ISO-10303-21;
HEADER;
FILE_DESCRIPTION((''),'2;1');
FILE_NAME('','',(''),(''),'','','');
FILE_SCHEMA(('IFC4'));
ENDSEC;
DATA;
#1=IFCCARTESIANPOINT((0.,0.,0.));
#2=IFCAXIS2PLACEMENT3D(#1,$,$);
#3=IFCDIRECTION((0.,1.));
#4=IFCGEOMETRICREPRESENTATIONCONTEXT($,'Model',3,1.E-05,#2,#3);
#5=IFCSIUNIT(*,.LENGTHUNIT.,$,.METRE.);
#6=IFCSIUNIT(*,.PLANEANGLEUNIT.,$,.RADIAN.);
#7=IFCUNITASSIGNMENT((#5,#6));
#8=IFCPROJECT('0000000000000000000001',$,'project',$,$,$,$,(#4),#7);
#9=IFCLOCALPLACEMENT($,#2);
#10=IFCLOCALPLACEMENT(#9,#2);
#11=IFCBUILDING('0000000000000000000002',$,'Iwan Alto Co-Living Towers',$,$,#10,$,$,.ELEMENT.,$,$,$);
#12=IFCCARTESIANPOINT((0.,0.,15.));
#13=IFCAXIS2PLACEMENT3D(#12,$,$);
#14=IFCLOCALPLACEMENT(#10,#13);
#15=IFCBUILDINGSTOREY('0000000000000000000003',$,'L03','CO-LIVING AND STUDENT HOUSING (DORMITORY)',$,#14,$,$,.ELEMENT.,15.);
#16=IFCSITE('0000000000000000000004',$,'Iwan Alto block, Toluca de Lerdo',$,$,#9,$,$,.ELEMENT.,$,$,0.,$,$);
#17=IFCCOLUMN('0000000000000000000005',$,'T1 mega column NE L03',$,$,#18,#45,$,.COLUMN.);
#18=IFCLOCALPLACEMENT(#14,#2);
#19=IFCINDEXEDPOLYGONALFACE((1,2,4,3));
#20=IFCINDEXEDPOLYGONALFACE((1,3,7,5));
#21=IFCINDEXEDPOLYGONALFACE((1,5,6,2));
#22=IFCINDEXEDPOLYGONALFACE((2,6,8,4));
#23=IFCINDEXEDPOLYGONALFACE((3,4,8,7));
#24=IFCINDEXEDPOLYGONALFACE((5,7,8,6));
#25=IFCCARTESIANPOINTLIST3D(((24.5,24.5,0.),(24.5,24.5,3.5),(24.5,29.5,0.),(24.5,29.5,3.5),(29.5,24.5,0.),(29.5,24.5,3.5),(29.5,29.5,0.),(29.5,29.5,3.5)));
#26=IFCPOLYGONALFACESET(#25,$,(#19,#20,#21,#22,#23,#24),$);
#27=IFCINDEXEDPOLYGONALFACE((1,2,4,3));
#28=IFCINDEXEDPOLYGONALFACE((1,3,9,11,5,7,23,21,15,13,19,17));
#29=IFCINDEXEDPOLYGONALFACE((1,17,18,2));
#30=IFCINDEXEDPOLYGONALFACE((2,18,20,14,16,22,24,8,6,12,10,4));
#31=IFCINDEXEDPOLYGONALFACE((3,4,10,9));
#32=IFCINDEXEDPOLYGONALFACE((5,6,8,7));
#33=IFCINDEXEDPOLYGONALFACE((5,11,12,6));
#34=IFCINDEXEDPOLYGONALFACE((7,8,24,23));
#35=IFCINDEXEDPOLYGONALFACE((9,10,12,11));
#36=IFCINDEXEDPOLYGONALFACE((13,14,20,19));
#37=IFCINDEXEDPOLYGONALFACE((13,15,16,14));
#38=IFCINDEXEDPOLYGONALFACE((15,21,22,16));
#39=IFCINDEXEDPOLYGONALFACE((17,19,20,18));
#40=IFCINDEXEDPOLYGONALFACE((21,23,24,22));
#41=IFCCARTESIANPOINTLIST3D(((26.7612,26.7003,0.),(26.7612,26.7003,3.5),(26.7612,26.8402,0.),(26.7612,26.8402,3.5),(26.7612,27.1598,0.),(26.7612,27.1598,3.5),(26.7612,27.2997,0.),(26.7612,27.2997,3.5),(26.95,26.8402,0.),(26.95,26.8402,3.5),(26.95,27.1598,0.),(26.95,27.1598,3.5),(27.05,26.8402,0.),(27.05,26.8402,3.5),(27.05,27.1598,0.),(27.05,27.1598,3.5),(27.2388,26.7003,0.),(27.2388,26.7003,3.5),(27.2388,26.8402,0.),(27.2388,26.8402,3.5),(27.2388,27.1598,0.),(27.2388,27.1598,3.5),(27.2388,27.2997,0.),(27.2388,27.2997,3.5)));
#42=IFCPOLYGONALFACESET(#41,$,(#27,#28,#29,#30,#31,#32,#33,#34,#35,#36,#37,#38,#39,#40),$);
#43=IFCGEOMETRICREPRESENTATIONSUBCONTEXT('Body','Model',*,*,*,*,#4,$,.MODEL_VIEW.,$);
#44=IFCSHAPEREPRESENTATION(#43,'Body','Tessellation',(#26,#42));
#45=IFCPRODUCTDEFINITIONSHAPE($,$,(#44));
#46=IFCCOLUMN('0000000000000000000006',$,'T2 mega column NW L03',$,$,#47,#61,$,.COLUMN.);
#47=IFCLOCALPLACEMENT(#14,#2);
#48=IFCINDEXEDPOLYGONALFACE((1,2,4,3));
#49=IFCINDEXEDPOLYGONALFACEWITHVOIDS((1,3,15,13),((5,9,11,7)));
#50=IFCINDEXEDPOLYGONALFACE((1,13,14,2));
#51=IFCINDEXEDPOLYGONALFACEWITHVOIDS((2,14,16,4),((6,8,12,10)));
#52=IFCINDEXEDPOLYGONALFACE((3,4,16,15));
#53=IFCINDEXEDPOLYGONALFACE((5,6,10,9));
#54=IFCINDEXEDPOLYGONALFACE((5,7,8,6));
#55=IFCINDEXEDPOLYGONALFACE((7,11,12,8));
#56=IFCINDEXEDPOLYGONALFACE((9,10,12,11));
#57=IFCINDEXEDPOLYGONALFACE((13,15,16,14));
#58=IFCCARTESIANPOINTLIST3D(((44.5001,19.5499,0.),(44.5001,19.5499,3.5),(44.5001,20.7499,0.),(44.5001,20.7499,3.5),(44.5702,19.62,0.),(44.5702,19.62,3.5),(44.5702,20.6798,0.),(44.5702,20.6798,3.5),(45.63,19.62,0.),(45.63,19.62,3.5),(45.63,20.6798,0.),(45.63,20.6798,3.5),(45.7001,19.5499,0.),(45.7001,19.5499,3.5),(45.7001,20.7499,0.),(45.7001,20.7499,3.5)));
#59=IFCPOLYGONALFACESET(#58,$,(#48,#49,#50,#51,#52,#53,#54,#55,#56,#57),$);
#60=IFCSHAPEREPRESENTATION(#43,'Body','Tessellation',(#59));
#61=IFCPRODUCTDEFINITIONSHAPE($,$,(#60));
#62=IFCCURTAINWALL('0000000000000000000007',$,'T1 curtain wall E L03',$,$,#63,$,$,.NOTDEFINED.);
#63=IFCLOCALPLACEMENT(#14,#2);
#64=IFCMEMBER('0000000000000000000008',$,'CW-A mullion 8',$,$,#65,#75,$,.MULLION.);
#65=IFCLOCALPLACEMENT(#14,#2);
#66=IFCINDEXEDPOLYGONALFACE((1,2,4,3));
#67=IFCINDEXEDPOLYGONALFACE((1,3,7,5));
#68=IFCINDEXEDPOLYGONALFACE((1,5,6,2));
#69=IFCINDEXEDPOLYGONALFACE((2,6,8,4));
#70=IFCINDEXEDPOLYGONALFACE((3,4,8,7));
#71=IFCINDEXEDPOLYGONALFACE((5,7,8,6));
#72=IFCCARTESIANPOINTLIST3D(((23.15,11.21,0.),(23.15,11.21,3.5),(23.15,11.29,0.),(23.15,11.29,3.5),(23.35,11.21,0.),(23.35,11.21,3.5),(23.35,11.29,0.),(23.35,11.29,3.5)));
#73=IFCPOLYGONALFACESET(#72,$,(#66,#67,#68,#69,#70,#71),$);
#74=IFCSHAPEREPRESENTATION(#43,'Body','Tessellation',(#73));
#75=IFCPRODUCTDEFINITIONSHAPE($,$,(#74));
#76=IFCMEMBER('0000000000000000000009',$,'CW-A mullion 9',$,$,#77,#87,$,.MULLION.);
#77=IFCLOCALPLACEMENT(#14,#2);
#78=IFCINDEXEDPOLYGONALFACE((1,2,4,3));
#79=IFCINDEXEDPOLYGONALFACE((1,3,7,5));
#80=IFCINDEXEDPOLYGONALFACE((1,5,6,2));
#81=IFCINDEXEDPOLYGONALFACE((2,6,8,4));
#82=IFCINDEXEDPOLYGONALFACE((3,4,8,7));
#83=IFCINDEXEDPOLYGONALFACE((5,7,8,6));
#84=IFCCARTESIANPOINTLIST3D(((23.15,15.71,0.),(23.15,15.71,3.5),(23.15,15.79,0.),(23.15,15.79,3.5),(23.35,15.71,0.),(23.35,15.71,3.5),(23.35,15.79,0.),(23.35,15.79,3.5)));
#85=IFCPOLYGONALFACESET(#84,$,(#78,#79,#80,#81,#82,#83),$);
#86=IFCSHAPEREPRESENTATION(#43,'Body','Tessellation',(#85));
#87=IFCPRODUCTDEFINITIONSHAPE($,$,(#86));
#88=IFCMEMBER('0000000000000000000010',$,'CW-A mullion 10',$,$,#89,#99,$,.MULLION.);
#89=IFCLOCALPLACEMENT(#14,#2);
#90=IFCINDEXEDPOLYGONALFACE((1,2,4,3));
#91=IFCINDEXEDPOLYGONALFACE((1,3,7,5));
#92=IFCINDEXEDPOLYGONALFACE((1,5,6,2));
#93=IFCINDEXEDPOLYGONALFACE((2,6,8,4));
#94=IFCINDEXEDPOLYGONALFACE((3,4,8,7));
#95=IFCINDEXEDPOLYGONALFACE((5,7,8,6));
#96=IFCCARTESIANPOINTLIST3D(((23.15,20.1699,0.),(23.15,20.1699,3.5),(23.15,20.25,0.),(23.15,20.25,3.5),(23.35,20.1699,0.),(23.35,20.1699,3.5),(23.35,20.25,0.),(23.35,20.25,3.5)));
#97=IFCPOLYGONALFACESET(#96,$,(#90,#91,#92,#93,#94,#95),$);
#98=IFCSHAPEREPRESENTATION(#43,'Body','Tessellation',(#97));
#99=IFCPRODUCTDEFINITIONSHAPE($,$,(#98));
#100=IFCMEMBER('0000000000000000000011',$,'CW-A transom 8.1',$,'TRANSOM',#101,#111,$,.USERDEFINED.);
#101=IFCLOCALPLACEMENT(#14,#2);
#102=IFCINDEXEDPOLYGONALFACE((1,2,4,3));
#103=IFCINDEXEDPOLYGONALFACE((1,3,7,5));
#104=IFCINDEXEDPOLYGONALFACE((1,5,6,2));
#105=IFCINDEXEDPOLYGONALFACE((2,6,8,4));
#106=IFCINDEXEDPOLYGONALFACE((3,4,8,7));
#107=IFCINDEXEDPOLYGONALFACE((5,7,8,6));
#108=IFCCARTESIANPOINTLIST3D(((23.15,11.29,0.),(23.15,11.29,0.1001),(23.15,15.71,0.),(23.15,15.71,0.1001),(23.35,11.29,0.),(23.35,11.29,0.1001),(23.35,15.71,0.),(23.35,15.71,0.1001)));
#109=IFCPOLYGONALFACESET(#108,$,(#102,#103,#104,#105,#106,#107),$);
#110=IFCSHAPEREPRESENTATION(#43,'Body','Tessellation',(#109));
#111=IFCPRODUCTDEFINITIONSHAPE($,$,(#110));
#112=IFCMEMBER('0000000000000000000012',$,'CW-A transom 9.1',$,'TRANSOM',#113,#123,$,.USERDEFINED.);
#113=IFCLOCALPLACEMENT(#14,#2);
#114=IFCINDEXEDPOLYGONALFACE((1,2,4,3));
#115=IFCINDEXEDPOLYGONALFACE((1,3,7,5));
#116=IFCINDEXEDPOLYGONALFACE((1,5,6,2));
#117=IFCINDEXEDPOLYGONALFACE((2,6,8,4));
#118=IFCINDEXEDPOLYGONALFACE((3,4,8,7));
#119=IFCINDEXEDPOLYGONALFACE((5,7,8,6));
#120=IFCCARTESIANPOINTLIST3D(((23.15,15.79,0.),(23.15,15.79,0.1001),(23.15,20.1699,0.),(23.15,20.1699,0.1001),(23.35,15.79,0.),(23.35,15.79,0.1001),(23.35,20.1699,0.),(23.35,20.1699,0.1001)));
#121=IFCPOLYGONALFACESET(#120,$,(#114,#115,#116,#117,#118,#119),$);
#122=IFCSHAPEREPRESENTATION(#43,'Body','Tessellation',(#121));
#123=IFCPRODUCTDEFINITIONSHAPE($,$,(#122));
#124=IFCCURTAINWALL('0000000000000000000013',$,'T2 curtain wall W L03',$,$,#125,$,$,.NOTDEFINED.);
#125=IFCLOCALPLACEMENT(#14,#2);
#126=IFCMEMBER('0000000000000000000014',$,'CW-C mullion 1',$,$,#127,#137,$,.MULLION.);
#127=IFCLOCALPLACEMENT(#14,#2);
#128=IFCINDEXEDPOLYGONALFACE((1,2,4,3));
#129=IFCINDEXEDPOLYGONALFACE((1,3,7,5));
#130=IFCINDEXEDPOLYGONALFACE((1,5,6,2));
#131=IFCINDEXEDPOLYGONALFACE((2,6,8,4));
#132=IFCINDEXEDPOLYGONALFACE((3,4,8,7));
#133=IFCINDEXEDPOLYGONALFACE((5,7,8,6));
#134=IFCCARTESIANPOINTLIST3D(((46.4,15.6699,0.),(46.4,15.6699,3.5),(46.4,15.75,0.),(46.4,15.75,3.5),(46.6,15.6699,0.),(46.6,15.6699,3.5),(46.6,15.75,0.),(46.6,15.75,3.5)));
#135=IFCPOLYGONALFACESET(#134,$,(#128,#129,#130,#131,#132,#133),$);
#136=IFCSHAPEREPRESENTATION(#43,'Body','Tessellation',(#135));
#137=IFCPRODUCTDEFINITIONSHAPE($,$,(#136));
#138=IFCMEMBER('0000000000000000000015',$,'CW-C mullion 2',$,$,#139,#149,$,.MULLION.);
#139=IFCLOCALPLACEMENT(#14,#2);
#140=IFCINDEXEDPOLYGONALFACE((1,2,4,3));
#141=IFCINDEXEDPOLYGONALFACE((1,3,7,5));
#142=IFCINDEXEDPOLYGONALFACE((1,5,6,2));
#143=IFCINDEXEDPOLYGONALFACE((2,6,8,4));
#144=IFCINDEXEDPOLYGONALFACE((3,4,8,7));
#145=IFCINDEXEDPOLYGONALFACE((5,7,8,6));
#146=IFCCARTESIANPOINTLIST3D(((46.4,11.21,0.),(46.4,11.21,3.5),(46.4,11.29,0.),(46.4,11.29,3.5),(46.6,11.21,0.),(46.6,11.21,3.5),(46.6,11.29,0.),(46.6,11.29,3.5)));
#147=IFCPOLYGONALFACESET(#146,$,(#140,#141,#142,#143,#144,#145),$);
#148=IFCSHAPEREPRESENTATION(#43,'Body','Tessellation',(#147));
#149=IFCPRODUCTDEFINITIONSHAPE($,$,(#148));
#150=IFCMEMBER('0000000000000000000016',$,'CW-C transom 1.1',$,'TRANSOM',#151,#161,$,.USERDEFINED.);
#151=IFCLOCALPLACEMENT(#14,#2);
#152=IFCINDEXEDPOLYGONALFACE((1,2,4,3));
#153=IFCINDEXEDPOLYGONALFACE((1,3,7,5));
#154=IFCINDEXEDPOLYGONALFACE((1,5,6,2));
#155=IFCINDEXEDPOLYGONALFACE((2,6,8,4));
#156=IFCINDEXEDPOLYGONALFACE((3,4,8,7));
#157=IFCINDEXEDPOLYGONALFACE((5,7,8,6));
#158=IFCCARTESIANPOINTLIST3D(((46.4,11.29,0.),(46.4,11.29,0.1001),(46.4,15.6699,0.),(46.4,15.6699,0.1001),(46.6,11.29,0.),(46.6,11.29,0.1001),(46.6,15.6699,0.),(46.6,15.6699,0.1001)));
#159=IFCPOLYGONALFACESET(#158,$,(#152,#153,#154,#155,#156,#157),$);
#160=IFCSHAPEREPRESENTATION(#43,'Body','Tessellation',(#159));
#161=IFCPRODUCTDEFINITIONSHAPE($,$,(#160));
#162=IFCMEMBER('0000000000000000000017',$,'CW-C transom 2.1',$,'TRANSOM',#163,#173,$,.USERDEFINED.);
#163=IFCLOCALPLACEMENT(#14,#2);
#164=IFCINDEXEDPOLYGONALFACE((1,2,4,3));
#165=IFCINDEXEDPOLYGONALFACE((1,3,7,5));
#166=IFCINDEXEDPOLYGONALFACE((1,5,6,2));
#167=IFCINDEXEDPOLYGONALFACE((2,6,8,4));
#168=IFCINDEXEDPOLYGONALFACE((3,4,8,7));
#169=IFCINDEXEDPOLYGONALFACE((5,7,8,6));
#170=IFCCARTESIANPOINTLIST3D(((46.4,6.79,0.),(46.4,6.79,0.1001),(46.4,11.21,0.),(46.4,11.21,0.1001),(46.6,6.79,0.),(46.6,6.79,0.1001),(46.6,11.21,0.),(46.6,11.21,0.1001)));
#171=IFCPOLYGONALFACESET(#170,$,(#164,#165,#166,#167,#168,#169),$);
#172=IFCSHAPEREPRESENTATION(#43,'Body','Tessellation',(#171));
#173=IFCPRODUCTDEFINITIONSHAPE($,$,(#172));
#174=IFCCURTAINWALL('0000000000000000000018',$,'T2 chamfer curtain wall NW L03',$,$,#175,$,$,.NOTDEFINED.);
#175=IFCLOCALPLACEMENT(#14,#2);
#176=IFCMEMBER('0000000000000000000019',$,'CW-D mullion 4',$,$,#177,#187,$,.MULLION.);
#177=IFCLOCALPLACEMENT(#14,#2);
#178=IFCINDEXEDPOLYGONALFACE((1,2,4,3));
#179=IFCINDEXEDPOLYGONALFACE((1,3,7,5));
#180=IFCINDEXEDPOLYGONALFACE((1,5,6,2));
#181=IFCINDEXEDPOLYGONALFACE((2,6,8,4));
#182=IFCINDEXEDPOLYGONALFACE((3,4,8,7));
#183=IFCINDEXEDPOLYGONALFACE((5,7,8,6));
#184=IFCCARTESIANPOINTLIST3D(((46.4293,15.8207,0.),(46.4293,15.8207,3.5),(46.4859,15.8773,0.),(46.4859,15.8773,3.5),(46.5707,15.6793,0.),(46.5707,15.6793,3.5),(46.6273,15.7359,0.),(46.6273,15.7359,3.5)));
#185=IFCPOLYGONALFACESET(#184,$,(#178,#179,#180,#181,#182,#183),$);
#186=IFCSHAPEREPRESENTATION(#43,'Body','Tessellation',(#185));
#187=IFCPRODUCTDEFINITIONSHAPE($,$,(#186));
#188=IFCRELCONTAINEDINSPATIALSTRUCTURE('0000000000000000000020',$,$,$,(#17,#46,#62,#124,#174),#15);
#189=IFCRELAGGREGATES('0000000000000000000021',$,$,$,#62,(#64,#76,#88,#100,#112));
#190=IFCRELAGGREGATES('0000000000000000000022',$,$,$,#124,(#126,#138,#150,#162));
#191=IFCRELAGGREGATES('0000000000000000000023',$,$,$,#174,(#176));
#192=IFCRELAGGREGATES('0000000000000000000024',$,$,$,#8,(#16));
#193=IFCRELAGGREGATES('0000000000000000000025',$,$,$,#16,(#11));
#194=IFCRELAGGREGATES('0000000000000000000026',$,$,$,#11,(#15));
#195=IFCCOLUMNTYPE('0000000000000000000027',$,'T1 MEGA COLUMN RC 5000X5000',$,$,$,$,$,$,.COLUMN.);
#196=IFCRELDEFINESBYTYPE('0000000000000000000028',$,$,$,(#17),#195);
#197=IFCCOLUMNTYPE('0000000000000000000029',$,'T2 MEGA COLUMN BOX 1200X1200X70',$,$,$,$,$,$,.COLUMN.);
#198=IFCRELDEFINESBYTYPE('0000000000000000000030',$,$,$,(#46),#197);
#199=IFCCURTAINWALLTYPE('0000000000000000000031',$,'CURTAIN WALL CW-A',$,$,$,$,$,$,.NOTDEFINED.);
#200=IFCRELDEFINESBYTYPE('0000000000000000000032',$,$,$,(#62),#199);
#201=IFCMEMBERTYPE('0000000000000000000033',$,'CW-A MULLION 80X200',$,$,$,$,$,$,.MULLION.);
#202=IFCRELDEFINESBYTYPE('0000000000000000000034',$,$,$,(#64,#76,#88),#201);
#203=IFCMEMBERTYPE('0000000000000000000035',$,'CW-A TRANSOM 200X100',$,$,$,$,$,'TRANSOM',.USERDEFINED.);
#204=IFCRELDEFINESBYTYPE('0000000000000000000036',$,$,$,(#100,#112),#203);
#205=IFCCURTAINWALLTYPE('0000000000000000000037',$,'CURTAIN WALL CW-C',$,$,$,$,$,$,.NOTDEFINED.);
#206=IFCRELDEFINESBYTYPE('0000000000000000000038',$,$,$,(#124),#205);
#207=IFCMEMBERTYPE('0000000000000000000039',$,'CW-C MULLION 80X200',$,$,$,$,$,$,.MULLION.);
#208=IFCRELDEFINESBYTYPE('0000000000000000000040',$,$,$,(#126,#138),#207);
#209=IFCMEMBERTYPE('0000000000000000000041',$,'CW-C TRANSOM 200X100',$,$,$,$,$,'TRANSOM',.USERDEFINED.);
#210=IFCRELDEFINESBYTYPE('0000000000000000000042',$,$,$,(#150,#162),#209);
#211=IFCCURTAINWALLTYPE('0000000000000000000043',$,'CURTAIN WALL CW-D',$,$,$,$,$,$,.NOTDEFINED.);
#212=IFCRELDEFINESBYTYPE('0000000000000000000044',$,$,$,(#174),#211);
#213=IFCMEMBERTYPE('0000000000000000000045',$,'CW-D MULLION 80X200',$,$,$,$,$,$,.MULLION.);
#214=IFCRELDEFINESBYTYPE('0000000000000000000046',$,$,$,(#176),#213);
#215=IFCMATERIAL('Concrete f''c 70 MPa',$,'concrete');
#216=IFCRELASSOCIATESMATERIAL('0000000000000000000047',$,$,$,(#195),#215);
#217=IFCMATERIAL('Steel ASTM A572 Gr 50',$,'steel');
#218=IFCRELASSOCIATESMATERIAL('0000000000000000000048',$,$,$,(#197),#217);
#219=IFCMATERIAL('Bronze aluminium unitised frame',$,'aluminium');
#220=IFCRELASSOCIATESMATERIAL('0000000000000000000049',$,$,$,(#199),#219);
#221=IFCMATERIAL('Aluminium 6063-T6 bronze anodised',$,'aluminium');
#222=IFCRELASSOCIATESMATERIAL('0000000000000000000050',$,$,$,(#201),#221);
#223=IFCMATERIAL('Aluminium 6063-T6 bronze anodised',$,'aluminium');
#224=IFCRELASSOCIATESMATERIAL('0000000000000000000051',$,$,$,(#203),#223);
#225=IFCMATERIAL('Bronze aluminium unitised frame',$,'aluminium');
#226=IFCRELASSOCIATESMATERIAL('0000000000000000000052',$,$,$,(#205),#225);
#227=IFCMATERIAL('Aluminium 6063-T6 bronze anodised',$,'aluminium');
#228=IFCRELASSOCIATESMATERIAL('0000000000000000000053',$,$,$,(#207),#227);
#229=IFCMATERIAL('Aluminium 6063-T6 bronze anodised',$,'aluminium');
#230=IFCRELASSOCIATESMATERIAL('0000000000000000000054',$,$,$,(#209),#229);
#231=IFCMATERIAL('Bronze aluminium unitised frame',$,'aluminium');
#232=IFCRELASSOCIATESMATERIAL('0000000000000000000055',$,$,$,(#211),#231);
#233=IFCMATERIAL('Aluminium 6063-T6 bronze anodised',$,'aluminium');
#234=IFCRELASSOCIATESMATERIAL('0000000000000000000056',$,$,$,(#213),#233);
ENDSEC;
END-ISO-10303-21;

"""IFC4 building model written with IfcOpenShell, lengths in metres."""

from ifc_helpers import new_model, si_unit, direction, frame, origin, origin_2d, place, context, subcontext, project, spatial, rectangle, hollow_rectangle, i_section, extrude, material, material_profile, profile_set, type_object, element, aggregate, save


model = new_model("IFC4")

# Units and contexts
model_context = context("Model", 3, precision=1e-05, world=origin(), true_north=direction((0.0, 1.0)))
body_context = subcontext(model_context, "Body", "Model", "MODEL_VIEW")
ifc_project = project(units=[si_unit("LENGTHUNIT", "METRE"), si_unit("PLANEANGLEUNIT", "RADIAN")], contexts=[model_context])

# Site, building, storey
site_placement = place(None, origin())
site = spatial("IfcSite", under=ifc_project, at=site_placement, Name="Iwan Alto block, Toluca de Lerdo", CompositionType="ELEMENT", RefElevation=0.0)
building_placement = place(site_placement, origin())
building = spatial("IfcBuilding", under=site, at=building_placement, Name="Iwan Alto Co-Living Towers", CompositionType="ELEMENT")
storey_placement = place(building_placement, frame((0.0, 0.0, 15.0)))
storey = spatial("IfcBuildingStorey", under=building, at=storey_placement, Name="L03", Description="CO-LIVING AND STUDENT HOUSING (DORMITORY)", CompositionType="ELEMENT", Elevation=15.0)

# Columns
ifc_material_1 = material(Name="Concrete f'c 70 MPa", Category="concrete")
ifc_material_profile_1 = material_profile(ifc_material_1, rectangle(XDim=5.0, YDim=5.0, at=origin_2d()), Name="RC 5000X5000")
ifc_profile_set_1 = profile_set([ifc_material_profile_1], Name="Concrete f'c 70 MPa")
column_type_1 = type_object("IfcColumnType", Name="T1 MEGA COLUMN RC 5000X5000", PredefinedType="COLUMN", material=ifc_profile_set_1)
column_1_placement = place(storey_placement, frame((27.0, 27.0, 0.0), z_axis=(0.0, 0.0, 1.0), x_axis=(1.0, 0.0, 0.0)))
element("IfcColumn", 1, at=column_1_placement, inside=storey, type_object=column_type_1, Name="T1 mega column NE L03", PredefinedType="COLUMN", context=body_context, shape_type="SweptSolid", body=[
    extrude(rectangle(XDim=5.0, YDim=5.0, at=origin_2d()), origin(), (0.0, 0.0, 1.0), 3.5),
    extrude(i_section(OverallWidth=0.4775, OverallDepth=0.5994, WebThickness=0.1001, FlangeThickness=0.1399, at=origin_2d()), origin(), (0.0, 0.0, 1.0), 3.5),
])
ifc_material_2 = material(Name="Steel ASTM A572 Gr 50", Category="steel")
ifc_material_profile_2 = material_profile(ifc_material_2, hollow_rectangle(XDim=1.2, YDim=1.2, WallThickness=0.0701, at=origin_2d()), Name="BOX 1200X1200X70")
ifc_profile_set_2 = profile_set([ifc_material_profile_2], Name="Steel ASTM A572 Gr 50")
column_type_2 = type_object("IfcColumnType", Name="T2 MEGA COLUMN BOX 1200X1200X70", PredefinedType="COLUMN", material=ifc_profile_set_2)
column_2_placement = place(storey_placement, frame((45.1001, 20.1499, 0.0), z_axis=(0.0, 0.0, 1.0), x_axis=(1.0, 0.0, 0.0)))
element("IfcColumn", 2, at=column_2_placement, inside=storey, type_object=column_type_2, Name="T2 mega column NW L03", PredefinedType="COLUMN", context=body_context, shape_type="SweptSolid", body=[
    extrude(hollow_rectangle(XDim=1.2, YDim=1.2, WallThickness=0.0701, at=origin_2d()), origin(), (0.0, 0.0, 1.0), 3.5),
])

# Curtain walls, members
ifc_material_3 = material(Name="Bronze aluminium unitised frame", Category="aluminium")
curtain_wall_type_1 = type_object("IfcCurtainWallType", Name="CURTAIN WALL CW-A", PredefinedType="NOTDEFINED", material=ifc_material_3)
curtain_wall_1_placement = place(storey_placement, origin())
curtain_wall_1 = element("IfcCurtainWall", 3, at=curtain_wall_1_placement, inside=storey, type_object=curtain_wall_type_1, Name="T1 curtain wall E L03", PredefinedType="NOTDEFINED")
ifc_material_4 = material(Name="Aluminium 6063-T6 bronze anodised", Category="aluminium")
ifc_material_profile_3 = material_profile(ifc_material_4, rectangle(XDim=0.2, YDim=0.0801, at=origin_2d()), Name="AL 80X200")
ifc_profile_set_3 = profile_set([ifc_material_profile_3], Name="Aluminium 6063-T6 bronze anodised")
member_type_1 = type_object("IfcMemberType", Name="CW-A MULLION 80X200", PredefinedType="MULLION", material=ifc_profile_set_3)
member_1_placement = place(storey_placement, frame((23.25, 11.25, 0.0), z_axis=(0.0, 0.0, 1.0), x_axis=(-1.0, 0.0, 0.0)))
member_1 = element("IfcMember", 4, at=member_1_placement, type_object=member_type_1, Name="CW-A mullion 8", PredefinedType="MULLION", context=body_context, shape_type="SweptSolid", body=[
    extrude(rectangle(XDim=0.2, YDim=0.0801, at=origin_2d()), origin(), (0.0, 0.0, 1.0), 3.5),
])
member_2_placement = place(storey_placement, frame((23.25, 15.75, 0.0), z_axis=(0.0, 0.0, 1.0), x_axis=(-1.0, 0.0, 0.0)))
member_2 = element("IfcMember", 5, at=member_2_placement, type_object=member_type_1, Name="CW-A mullion 9", PredefinedType="MULLION", context=body_context, shape_type="SweptSolid", body=[
    extrude(rectangle(XDim=0.2, YDim=0.0801, at=origin_2d()), origin(), (0.0, 0.0, 1.0), 3.5),
])
member_3_placement = place(storey_placement, frame((23.25, 20.21, 0.0), z_axis=(0.0, 0.0, 1.0), x_axis=(-1.0, 0.0, 0.0)))
member_3 = element("IfcMember", 6, at=member_3_placement, type_object=member_type_1, Name="CW-A mullion 10", PredefinedType="MULLION", context=body_context, shape_type="SweptSolid", body=[
    extrude(rectangle(XDim=0.2, YDim=0.0801, at=origin_2d()), origin(), (0.0, 0.0, 1.0), 3.5),
])
ifc_material_5 = material(Name="Aluminium 6063-T6 bronze anodised", Category="aluminium")
ifc_material_profile_4 = material_profile(ifc_material_5, rectangle(XDim=0.2, YDim=0.1001, at=origin_2d()), Name="AL 200X100")
ifc_profile_set_4 = profile_set([ifc_material_profile_4], Name="Aluminium 6063-T6 bronze anodised")
member_type_2 = type_object("IfcMemberType", Name="CW-A TRANSOM 200X100", ElementType="TRANSOM", PredefinedType="USERDEFINED", material=ifc_profile_set_4)
member_4_placement = place(storey_placement, frame((23.25, 11.29, 0.05), z_axis=(0.0, 1.0, 0.0), x_axis=(-1.0, 0.0, 0.0)))
member_4 = element("IfcMember", 7, at=member_4_placement, type_object=member_type_2, Name="CW-A transom 8.1", ObjectType="TRANSOM", PredefinedType="USERDEFINED", context=body_context, shape_type="SweptSolid", body=[
    extrude(rectangle(XDim=0.2, YDim=0.1001, at=origin_2d()), origin(), (0.0, 0.0, 1.0), 4.4199),
])
member_5_placement = place(storey_placement, frame((23.25, 15.79, 0.05), z_axis=(0.0, 1.0, 0.0), x_axis=(-1.0, 0.0, 0.0)))
member_5 = element("IfcMember", 8, at=member_5_placement, type_object=member_type_2, Name="CW-A transom 9.1", ObjectType="TRANSOM", PredefinedType="USERDEFINED", context=body_context, shape_type="SweptSolid", body=[
    extrude(rectangle(XDim=0.2, YDim=0.1001, at=origin_2d()), origin(), (0.0, 0.0, 1.0), 4.3799),
])
ifc_material_6 = material(Name="Bronze aluminium unitised frame", Category="aluminium")
curtain_wall_type_2 = type_object("IfcCurtainWallType", Name="CURTAIN WALL CW-C", PredefinedType="NOTDEFINED", material=ifc_material_6)
curtain_wall_2_placement = place(storey_placement, origin())
curtain_wall_2 = element("IfcCurtainWall", 9, at=curtain_wall_2_placement, inside=storey, type_object=curtain_wall_type_2, Name="T2 curtain wall W L03", PredefinedType="NOTDEFINED")
ifc_material_7 = material(Name="Aluminium 6063-T6 bronze anodised", Category="aluminium")
ifc_material_profile_5 = material_profile(ifc_material_7, rectangle(XDim=0.2, YDim=0.0801, at=origin_2d()), Name="AL 80X200")
ifc_profile_set_5 = profile_set([ifc_material_profile_5], Name="Aluminium 6063-T6 bronze anodised")
member_type_3 = type_object("IfcMemberType", Name="CW-C MULLION 80X200", PredefinedType="MULLION", material=ifc_profile_set_5)
member_6_placement = place(storey_placement, frame((46.5, 15.71, 0.0), z_axis=(0.0, 0.0, 1.0), x_axis=(1.0, 0.0, 0.0)))
member_6 = element("IfcMember", 10, at=member_6_placement, type_object=member_type_3, Name="CW-C mullion 1", PredefinedType="MULLION", context=body_context, shape_type="SweptSolid", body=[
    extrude(rectangle(XDim=0.2, YDim=0.0801, at=origin_2d()), origin(), (0.0, 0.0, 1.0), 3.5),
])
member_7_placement = place(storey_placement, frame((46.5, 11.25, 0.0), z_axis=(0.0, 0.0, 1.0), x_axis=(1.0, 0.0, 0.0)))
member_7 = element("IfcMember", 11, at=member_7_placement, type_object=member_type_3, Name="CW-C mullion 2", PredefinedType="MULLION", context=body_context, shape_type="SweptSolid", body=[
    extrude(rectangle(XDim=0.2, YDim=0.0801, at=origin_2d()), origin(), (0.0, 0.0, 1.0), 3.5),
])
ifc_material_8 = material(Name="Aluminium 6063-T6 bronze anodised", Category="aluminium")
ifc_material_profile_6 = material_profile(ifc_material_8, rectangle(XDim=0.2, YDim=0.1001, at=origin_2d()), Name="AL 200X100")
ifc_profile_set_6 = profile_set([ifc_material_profile_6], Name="Aluminium 6063-T6 bronze anodised")
member_type_4 = type_object("IfcMemberType", Name="CW-C TRANSOM 200X100", ElementType="TRANSOM", PredefinedType="USERDEFINED", material=ifc_profile_set_6)
member_8_placement = place(storey_placement, frame((46.5, 15.6699, 0.05), z_axis=(0.0, -1.0, 0.0), x_axis=(1.0, 0.0, 0.0)))
member_8 = element("IfcMember", 12, at=member_8_placement, type_object=member_type_4, Name="CW-C transom 1.1", ObjectType="TRANSOM", PredefinedType="USERDEFINED", context=body_context, shape_type="SweptSolid", body=[
    extrude(rectangle(XDim=0.2, YDim=0.1001, at=origin_2d()), origin(), (0.0, 0.0, 1.0), 4.3799),
])
member_9_placement = place(storey_placement, frame((46.5, 11.21, 0.05), z_axis=(0.0, -1.0, 0.0), x_axis=(1.0, 0.0, 0.0)))
member_9 = element("IfcMember", 13, at=member_9_placement, type_object=member_type_4, Name="CW-C transom 2.1", ObjectType="TRANSOM", PredefinedType="USERDEFINED", context=body_context, shape_type="SweptSolid", body=[
    extrude(rectangle(XDim=0.2, YDim=0.1001, at=origin_2d()), origin(), (0.0, 0.0, 1.0), 4.4199),
])

# Curtain wall, member
ifc_material_9 = material(Name="Bronze aluminium unitised frame", Category="aluminium")
curtain_wall_type_3 = type_object("IfcCurtainWallType", Name="CURTAIN WALL CW-D", PredefinedType="NOTDEFINED", material=ifc_material_9)
curtain_wall_3_placement = place(storey_placement, origin())
curtain_wall_3 = element("IfcCurtainWall", 14, at=curtain_wall_3_placement, inside=storey, type_object=curtain_wall_type_3, Name="T2 chamfer curtain wall NW L03", PredefinedType="NOTDEFINED")
ifc_material_10 = material(Name="Aluminium 6063-T6 bronze anodised", Category="aluminium")
ifc_material_profile_7 = material_profile(ifc_material_10, rectangle(XDim=0.2, YDim=0.0801, at=origin_2d()), Name="AL 80X200")
ifc_profile_set_7 = profile_set([ifc_material_profile_7], Name="Aluminium 6063-T6 bronze anodised")
member_type_5 = type_object("IfcMemberType", Name="CW-D MULLION 80X200", PredefinedType="MULLION", material=ifc_profile_set_7)
member_10_placement = place(storey_placement, frame((46.5283, 15.7783, 0.0), z_axis=(0.0, 0.0, 1.0), x_axis=(0.707107, -0.707107, 0.0)))
member_10 = element("IfcMember", 15, at=member_10_placement, type_object=member_type_5, Name="CW-D mullion 4", PredefinedType="MULLION", context=body_context, shape_type="SweptSolid", body=[
    extrude(rectangle(XDim=0.2, YDim=0.0801, at=origin_2d()), origin(), (0.0, 0.0, 1.0), 3.5),
])

aggregate(curtain_wall_1, [member_1, member_2, member_3, member_4, member_5])
aggregate(curtain_wall_2, [member_6, member_7, member_8, member_9])
aggregate(curtain_wall_3, [member_10])

save(model, "model.ifc")
